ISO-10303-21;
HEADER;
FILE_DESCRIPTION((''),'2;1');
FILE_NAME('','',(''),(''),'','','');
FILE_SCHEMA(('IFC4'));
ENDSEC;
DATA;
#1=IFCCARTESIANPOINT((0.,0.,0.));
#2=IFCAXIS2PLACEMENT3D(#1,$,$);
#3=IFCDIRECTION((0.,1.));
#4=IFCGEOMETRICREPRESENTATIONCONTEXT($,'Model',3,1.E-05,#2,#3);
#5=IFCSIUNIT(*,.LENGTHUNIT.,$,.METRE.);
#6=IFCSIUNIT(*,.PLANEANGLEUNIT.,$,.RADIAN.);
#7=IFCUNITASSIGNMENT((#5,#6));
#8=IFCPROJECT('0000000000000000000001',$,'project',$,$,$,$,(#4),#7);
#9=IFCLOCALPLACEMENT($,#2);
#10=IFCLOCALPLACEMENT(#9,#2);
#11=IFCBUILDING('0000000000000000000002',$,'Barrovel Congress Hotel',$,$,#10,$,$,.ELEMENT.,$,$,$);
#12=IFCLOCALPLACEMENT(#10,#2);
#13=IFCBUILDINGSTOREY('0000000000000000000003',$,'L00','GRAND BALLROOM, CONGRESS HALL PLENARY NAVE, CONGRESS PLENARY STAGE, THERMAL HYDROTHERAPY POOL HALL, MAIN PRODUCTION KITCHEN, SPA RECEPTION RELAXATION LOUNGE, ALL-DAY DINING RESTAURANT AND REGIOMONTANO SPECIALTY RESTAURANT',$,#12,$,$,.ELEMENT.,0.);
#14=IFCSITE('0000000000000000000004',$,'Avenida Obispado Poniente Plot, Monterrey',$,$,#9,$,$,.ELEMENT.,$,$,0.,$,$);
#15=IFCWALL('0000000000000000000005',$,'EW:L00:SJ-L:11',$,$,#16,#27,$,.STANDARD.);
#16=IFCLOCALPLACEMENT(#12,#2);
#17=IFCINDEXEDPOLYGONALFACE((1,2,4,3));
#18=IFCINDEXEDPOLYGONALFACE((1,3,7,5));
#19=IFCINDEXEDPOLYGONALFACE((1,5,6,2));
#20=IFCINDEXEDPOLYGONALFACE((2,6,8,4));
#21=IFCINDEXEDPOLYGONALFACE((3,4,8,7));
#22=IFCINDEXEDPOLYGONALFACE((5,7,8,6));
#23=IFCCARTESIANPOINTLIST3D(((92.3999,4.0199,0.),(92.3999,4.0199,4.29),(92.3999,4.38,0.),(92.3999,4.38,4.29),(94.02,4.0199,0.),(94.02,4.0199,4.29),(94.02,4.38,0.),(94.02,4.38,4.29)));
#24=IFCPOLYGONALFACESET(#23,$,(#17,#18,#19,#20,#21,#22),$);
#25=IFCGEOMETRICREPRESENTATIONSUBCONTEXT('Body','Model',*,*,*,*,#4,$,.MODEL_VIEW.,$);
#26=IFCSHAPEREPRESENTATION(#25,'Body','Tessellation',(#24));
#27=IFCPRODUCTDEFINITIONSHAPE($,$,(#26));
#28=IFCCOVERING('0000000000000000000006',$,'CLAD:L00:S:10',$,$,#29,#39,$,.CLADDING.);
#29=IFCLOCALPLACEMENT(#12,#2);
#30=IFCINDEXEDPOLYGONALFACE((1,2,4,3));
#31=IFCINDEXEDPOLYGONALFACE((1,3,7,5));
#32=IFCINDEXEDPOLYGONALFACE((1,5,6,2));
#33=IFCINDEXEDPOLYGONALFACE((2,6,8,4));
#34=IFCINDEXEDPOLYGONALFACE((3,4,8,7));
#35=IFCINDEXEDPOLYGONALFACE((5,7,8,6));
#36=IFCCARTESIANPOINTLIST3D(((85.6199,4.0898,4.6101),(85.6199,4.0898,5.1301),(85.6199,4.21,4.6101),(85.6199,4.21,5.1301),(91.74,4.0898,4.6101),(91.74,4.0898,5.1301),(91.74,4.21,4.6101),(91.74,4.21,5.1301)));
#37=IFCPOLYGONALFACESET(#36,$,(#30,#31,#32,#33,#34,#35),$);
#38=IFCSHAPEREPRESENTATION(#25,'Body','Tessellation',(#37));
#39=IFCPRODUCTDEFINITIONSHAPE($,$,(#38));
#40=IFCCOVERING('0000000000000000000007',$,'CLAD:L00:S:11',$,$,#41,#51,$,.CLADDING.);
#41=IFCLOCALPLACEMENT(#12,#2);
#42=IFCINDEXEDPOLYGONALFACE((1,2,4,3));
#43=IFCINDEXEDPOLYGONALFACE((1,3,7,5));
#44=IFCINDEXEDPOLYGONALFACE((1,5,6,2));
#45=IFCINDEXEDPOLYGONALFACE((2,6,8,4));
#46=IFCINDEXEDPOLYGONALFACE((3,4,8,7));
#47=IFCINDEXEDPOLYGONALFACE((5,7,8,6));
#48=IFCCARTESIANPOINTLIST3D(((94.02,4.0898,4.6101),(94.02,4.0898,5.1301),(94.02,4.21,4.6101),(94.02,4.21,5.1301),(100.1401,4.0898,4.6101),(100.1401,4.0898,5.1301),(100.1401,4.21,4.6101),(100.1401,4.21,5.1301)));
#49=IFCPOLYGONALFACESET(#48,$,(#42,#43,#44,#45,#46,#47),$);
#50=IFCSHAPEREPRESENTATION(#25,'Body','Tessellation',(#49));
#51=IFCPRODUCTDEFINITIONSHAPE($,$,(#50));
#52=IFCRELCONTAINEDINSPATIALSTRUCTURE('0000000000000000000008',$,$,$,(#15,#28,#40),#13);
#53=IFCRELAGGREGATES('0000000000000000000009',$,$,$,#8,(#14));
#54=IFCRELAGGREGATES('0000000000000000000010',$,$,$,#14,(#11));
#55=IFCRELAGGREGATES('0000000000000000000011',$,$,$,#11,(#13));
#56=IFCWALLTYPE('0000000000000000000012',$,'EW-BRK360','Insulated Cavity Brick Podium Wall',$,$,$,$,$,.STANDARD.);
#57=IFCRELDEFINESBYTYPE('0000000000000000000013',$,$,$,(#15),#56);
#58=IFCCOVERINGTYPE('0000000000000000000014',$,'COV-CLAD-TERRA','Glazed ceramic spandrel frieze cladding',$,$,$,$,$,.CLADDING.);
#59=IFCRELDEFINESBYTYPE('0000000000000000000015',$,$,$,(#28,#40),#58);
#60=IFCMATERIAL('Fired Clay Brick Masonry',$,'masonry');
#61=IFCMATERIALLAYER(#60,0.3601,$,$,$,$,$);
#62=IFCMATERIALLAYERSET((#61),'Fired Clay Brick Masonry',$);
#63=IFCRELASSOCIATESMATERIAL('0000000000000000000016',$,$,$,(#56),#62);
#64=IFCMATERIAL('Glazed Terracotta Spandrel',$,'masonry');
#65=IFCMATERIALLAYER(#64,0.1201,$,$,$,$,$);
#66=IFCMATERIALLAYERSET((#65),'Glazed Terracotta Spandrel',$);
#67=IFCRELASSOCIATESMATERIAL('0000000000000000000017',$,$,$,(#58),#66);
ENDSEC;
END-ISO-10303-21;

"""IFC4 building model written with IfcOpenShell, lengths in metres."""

from ifc_helpers import new_model, si_unit, direction, frame, frame_2d, origin, origin_2d, place, context, subcontext, project, spatial, rectangle, extrude, material, layer, layer_set, type_object, element, save


model = new_model("IFC4")

# Units and contexts
model_context = context("Model", 3, precision=1e-05, world=origin(), true_north=direction((0.0, 1.0)))
body_context = subcontext(model_context, "Body", "Model", "MODEL_VIEW")
ifc_project = project(units=[si_unit("LENGTHUNIT", "METRE"), si_unit("PLANEANGLEUNIT", "RADIAN")], contexts=[model_context])

# Site, building, storey
site_placement = place(None, origin())
site = spatial("IfcSite", under=ifc_project, at=site_placement, Name="Avenida Obispado Poniente Plot, Monterrey", CompositionType="ELEMENT", RefElevation=0.0)
building_placement = place(site_placement, origin())
building = spatial("IfcBuilding", under=site, at=building_placement, Name="Barrovel Congress Hotel", CompositionType="ELEMENT")
storey_placement = place(building_placement, origin())
storey = spatial("IfcBuildingStorey", under=building, at=storey_placement, Name="L00", Description="GRAND BALLROOM, CONGRESS HALL PLENARY NAVE, CONGRESS PLENARY STAGE, THERMAL HYDROTHERAPY POOL HALL, MAIN PRODUCTION KITCHEN, SPA RECEPTION RELAXATION LOUNGE, ALL-DAY DINING RESTAURANT AND REGIOMONTANO SPECIALTY RESTAURANT", CompositionType="ELEMENT", Elevation=0.0)

# Wall
ifc_material_1 = material(Name="Fired Clay Brick Masonry", Category="masonry")
ifc_layer_1 = layer(ifc_material_1, 0.3601)
ifc_layer_set_1 = layer_set([ifc_layer_1], Name="Fired Clay Brick Masonry")
wall_type_1 = type_object("IfcWallType", Name="EW-BRK360", Description="Insulated Cavity Brick Podium Wall", PredefinedType="STANDARD", material=ifc_layer_set_1)
wall_1_placement = place(storey_placement, frame((92.3999, 4.2, 0.0), z_axis=(0.0, 0.0, 1.0), x_axis=(1.0, 0.0, 0.0)))
element("IfcWall", 1, at=wall_1_placement, inside=storey, type_object=wall_type_1, Name="EW:L00:SJ-L:11", PredefinedType="STANDARD", context=body_context, shape_type="SweptSolid", body=[
    extrude(rectangle(XDim=1.6201, YDim=0.3601, at=frame_2d((0.8101, 0.0))), origin(), (0.0, 0.0, 1.0), 4.29),
])

# Coverings
ifc_material_2 = material(Name="Glazed Terracotta Spandrel", Category="masonry")
ifc_layer_2 = layer(ifc_material_2, 0.1201)
ifc_layer_set_2 = layer_set([ifc_layer_2], Name="Glazed Terracotta Spandrel")
covering_type = type_object("IfcCoveringType", Name="COV-CLAD-TERRA", Description="Glazed ceramic spandrel frieze cladding", PredefinedType="CLADDING", material=ifc_layer_set_2)
for number, where, z_axis, x_axis, name in (
    (2, (88.6799, 4.1499, 4.6101), (0.0, 0.0, 1.0), (1.0, 0.0, 0.0), "CLAD:L00:S:10"),
    (3, (97.0801, 4.1499, 4.6101), (0.0, 0.0, 1.0), (1.0, 0.0, 0.0), "CLAD:L00:S:11"),
):
    element("IfcCovering", number, at=place(storey_placement, frame(where, z_axis=z_axis, x_axis=x_axis)), inside=storey, type_object=covering_type, Name=name, PredefinedType="CLADDING", context=body_context, shape_type="SweptSolid", body=[
        extrude(rectangle(XDim=6.1201, YDim=0.1201, at=origin_2d()), origin(), (0.0, 0.0, 1.0), 0.52),
    ])

save(model, "model.ifc")
